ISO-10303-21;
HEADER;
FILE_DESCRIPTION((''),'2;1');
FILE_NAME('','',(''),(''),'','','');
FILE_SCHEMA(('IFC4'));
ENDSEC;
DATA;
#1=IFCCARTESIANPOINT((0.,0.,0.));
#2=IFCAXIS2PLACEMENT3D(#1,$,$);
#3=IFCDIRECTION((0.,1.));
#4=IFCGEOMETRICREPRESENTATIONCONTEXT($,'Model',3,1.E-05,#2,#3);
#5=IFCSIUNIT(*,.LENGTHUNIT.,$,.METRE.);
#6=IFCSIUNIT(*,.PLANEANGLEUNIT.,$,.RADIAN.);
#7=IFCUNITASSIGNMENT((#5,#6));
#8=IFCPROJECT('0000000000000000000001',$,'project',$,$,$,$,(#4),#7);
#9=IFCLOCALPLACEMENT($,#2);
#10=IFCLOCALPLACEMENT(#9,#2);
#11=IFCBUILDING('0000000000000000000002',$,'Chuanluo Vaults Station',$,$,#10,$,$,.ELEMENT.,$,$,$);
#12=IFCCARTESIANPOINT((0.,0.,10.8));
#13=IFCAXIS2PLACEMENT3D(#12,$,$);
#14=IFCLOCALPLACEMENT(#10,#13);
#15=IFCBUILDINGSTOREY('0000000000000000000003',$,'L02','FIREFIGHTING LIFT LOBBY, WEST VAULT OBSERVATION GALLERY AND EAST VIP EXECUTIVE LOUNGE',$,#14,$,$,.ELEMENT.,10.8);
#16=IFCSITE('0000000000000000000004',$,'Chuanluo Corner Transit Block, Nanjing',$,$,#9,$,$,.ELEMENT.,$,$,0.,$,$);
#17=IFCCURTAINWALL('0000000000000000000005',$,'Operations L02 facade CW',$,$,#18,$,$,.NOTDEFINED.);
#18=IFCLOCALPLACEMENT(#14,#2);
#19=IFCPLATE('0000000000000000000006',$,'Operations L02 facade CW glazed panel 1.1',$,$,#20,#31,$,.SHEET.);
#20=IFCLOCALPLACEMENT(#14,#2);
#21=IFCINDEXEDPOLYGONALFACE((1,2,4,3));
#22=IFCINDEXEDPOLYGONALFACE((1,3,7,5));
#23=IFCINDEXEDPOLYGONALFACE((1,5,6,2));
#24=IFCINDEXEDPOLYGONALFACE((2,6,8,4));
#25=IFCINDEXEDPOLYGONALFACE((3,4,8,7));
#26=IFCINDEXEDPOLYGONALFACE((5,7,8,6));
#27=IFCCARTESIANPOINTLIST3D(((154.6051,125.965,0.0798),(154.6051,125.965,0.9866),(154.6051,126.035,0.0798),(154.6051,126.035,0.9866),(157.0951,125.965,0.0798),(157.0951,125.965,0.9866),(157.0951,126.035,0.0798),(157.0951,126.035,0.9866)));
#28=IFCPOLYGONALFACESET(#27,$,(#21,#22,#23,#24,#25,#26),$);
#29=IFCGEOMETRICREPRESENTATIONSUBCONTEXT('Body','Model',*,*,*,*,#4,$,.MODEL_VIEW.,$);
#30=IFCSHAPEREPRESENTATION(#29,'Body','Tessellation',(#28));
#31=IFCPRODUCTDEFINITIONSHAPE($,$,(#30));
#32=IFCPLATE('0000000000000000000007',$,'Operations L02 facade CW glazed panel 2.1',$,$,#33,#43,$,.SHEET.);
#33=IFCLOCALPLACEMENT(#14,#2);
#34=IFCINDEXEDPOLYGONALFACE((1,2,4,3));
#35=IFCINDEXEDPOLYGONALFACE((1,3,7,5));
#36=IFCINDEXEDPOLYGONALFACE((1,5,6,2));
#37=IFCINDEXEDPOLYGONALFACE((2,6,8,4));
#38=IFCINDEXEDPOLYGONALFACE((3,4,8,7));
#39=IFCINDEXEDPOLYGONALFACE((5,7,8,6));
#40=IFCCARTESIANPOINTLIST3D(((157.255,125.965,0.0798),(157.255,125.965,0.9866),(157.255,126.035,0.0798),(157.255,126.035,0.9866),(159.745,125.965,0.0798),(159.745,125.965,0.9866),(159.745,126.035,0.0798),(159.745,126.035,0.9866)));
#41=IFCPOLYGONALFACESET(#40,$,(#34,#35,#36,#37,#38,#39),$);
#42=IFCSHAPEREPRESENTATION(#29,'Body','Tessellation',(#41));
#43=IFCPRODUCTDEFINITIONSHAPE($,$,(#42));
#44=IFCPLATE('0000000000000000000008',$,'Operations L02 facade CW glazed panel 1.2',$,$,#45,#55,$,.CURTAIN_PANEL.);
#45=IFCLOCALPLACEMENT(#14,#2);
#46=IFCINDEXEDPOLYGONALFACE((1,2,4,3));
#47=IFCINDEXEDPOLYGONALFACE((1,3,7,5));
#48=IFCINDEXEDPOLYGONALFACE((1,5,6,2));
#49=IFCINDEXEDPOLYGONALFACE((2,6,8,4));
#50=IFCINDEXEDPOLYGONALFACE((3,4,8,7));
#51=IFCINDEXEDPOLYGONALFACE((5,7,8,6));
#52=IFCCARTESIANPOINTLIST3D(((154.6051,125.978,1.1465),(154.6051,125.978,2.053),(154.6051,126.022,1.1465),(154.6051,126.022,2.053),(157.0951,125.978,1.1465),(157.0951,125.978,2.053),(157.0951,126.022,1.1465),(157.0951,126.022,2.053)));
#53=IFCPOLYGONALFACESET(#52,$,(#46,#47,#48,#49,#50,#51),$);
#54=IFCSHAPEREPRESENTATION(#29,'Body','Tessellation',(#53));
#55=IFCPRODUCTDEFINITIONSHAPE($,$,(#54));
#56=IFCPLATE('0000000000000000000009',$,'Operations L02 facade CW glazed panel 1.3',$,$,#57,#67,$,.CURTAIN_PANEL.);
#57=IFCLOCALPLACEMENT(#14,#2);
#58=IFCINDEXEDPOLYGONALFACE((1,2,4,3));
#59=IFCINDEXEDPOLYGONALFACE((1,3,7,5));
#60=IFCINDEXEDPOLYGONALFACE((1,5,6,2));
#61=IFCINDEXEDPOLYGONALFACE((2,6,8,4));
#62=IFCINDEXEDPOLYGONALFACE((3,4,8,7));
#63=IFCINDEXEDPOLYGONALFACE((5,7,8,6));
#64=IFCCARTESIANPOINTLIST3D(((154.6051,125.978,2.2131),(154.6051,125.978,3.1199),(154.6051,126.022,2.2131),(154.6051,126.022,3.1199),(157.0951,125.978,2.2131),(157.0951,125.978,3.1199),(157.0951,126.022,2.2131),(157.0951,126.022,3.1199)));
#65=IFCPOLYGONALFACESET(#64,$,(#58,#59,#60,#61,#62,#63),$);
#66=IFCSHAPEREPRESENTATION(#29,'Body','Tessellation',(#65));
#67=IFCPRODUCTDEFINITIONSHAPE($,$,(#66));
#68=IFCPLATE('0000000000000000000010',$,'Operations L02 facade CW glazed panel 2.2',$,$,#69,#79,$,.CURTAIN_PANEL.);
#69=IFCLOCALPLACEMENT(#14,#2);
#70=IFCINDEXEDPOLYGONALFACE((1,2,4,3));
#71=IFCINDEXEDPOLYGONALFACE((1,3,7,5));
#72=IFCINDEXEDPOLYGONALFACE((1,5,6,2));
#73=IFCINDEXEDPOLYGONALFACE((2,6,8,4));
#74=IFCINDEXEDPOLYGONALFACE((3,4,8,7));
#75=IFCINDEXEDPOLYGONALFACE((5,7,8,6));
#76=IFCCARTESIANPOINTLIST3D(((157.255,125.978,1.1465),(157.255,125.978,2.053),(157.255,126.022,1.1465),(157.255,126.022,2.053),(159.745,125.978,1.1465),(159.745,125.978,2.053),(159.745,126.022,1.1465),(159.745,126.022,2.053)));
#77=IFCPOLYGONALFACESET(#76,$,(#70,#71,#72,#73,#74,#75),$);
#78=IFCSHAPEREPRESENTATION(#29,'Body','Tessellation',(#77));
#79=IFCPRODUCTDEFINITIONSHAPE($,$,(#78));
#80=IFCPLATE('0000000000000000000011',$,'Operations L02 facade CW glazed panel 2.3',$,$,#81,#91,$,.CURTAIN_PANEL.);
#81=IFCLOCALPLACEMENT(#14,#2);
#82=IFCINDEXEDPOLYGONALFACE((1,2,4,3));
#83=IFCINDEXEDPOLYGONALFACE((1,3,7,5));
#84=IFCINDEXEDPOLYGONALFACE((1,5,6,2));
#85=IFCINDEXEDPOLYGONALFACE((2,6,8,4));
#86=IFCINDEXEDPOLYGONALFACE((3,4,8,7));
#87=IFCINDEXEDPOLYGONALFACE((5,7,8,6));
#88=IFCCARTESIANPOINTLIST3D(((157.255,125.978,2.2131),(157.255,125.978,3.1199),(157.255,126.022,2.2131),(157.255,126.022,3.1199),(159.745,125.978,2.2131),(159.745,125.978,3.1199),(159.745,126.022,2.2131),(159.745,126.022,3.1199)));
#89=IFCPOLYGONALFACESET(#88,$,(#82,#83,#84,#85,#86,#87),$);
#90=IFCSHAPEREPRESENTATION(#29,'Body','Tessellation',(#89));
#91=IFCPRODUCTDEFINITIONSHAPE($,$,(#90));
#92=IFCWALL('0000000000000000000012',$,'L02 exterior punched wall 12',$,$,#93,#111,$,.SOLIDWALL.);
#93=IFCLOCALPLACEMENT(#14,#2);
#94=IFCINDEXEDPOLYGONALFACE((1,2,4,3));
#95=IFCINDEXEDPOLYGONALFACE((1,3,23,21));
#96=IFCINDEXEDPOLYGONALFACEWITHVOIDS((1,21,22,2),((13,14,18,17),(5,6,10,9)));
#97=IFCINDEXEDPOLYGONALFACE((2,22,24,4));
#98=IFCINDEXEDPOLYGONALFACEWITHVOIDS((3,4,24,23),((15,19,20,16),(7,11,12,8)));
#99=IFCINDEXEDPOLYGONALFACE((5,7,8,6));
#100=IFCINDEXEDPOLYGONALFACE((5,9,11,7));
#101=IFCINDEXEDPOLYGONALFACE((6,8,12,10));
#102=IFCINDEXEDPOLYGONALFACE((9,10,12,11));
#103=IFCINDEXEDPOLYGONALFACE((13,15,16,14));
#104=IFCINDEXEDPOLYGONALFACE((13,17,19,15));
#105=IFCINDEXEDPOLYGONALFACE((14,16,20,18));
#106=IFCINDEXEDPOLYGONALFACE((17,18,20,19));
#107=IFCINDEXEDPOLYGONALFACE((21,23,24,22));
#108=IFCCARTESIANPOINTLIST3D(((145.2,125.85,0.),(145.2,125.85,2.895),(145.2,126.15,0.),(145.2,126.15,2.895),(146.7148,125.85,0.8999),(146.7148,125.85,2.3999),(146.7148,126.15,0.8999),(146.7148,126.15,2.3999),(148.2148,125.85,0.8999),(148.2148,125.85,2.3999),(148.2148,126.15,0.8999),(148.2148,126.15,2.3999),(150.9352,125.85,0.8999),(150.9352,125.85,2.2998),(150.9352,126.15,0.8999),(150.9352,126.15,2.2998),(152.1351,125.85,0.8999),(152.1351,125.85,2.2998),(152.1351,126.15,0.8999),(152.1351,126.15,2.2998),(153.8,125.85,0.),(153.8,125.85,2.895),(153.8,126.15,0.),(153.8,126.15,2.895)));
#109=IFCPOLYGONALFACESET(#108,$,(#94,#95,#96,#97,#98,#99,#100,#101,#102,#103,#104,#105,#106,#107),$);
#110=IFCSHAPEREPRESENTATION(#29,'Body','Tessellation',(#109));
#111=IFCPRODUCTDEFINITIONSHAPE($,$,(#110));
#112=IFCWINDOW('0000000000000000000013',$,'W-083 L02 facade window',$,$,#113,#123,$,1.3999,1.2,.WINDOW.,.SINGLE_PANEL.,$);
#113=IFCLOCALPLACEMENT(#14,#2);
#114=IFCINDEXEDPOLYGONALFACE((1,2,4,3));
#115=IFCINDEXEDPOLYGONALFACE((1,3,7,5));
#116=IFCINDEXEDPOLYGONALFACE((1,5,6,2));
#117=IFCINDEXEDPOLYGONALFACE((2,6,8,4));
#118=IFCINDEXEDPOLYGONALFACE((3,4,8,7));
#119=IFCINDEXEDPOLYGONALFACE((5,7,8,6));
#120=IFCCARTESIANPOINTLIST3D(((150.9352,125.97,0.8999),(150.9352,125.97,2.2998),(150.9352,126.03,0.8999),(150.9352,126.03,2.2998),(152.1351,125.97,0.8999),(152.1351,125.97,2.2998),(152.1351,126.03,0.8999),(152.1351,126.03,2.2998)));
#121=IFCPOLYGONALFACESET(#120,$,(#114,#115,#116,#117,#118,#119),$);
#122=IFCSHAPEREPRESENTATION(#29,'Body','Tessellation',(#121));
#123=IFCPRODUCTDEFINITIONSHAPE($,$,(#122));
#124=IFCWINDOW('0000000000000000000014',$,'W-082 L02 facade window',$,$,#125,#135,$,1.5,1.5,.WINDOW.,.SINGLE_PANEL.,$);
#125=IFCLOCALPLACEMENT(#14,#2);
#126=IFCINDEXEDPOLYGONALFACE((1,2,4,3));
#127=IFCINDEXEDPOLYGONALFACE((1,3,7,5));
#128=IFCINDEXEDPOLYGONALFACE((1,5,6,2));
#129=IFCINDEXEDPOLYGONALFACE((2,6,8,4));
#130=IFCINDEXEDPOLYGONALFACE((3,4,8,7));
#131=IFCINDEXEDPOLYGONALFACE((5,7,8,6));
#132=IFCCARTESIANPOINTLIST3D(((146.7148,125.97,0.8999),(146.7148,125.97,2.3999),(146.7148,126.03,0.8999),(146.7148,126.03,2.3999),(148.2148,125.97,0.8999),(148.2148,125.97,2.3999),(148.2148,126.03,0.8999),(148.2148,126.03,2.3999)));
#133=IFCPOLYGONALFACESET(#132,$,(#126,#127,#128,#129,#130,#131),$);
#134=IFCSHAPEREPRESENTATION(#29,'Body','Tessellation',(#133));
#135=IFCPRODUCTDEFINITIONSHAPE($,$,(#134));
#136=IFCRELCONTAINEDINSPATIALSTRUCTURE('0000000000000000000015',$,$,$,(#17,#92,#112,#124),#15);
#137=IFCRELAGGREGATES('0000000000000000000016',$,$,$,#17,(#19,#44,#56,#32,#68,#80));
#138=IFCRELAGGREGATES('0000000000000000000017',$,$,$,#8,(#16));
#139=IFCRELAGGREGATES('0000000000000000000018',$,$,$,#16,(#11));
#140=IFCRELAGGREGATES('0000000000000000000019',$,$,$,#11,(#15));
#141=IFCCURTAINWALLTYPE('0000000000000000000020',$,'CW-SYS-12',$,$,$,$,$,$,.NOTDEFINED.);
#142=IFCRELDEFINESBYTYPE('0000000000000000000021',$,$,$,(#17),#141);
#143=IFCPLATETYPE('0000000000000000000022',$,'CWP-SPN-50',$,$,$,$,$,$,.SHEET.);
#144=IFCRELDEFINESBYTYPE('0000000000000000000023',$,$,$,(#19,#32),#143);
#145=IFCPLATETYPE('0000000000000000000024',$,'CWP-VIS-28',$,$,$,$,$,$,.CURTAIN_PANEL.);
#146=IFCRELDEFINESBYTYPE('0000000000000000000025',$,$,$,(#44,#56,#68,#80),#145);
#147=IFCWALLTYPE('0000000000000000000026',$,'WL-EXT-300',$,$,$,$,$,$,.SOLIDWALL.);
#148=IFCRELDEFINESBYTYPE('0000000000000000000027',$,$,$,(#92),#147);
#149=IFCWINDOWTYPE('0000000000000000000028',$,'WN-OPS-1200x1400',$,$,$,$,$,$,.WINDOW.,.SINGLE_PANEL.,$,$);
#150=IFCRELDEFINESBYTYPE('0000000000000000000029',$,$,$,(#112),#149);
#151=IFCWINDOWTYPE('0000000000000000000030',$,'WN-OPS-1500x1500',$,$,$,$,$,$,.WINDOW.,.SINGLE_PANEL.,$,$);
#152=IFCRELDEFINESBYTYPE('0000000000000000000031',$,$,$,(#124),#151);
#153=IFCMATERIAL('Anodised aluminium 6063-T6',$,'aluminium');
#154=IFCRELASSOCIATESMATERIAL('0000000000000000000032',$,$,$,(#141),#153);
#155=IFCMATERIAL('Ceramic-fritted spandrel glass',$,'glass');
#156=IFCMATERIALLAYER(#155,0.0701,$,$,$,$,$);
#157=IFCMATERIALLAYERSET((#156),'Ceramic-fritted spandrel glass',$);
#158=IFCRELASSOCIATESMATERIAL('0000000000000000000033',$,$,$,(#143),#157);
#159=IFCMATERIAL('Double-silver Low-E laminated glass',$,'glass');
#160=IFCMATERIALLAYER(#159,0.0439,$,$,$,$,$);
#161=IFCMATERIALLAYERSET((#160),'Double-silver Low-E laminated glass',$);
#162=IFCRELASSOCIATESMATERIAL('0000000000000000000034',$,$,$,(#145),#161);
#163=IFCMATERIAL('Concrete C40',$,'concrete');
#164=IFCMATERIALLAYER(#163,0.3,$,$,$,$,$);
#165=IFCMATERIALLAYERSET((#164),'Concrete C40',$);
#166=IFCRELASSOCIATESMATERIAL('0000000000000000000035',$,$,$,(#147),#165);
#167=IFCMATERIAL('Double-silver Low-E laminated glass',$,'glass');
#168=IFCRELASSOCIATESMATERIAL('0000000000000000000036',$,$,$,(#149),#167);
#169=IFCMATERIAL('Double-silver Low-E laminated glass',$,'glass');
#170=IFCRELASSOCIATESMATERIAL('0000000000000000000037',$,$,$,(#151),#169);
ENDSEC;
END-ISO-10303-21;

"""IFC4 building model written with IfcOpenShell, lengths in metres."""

from ifc_helpers import new_model, si_unit, direction, frame, frame_2d, origin, origin_2d, place, context, subcontext, project, spatial, rectangle, extrude, material, layer, layer_set, type_object, element, fill, aggregate, save


model = new_model("IFC4")

# Units and contexts
model_context = context("Model", 3, precision=1e-05, world=origin(), true_north=direction((0.0, 1.0)))
body_context = subcontext(model_context, "Body", "Model", "MODEL_VIEW")
ifc_project = project(units=[si_unit("LENGTHUNIT", "METRE"), si_unit("PLANEANGLEUNIT", "RADIAN")], contexts=[model_context])

# Site, building, storey
site_placement = place(None, origin())
site = spatial("IfcSite", under=ifc_project, at=site_placement, Name="Chuanluo Corner Transit Block, Nanjing", CompositionType="ELEMENT", RefElevation=0.0)
building_placement = place(site_placement, origin())
building = spatial("IfcBuilding", under=site, at=building_placement, Name="Chuanluo Vaults Station", CompositionType="ELEMENT")
storey_placement = place(building_placement, frame((0.0, 0.0, 10.8)))
storey = spatial("IfcBuildingStorey", under=building, at=storey_placement, Name="L02", Description="FIREFIGHTING LIFT LOBBY, WEST VAULT OBSERVATION GALLERY AND EAST VIP EXECUTIVE LOUNGE", CompositionType="ELEMENT", Elevation=10.8)

# Curtain wall, plates
ifc_material_1 = material(Name="Anodised aluminium 6063-T6", Category="aluminium")
curtain_wall_type = type_object("IfcCurtainWallType", Name="CW-SYS-12", PredefinedType="NOTDEFINED", material=ifc_material_1)
curtain_wall_placement = place(storey_placement, origin())
curtain_wall = element("IfcCurtainWall", 1, at=curtain_wall_placement, inside=storey, type_object=curtain_wall_type, Name="Operations L02 facade CW", PredefinedType="NOTDEFINED")
ifc_material_2 = material(Name="Ceramic-fritted spandrel glass", Category="glass")
ifc_layer_1 = layer(ifc_material_2, 0.0701)
ifc_layer_set_1 = layer_set([ifc_layer_1], Name="Ceramic-fritted spandrel glass")
plate_type_1 = type_object("IfcPlateType", Name="CWP-SPN-50", PredefinedType="SHEET", material=ifc_layer_set_1)
plate_1_placement = place(storey_placement, frame((155.8501, 126.0, 0.0798), z_axis=(0.0, 0.0, 1.0), x_axis=(1.0, 0.0, 0.0)))
plate_1 = element("IfcPlate", 2, at=plate_1_placement, type_object=plate_type_1, Name="Operations L02 facade CW glazed panel 1.1", PredefinedType="SHEET", context=body_context, shape_type="SweptSolid", body=[
    extrude(rectangle(XDim=2.49, YDim=0.0701, at=origin_2d()), origin(), (0.0, 0.0, 1.0), 0.9067),
])
plate_2_placement = place(storey_placement, frame((158.5, 126.0, 0.0798), z_axis=(0.0, 0.0, 1.0), x_axis=(1.0, 0.0, 0.0)))
plate_2 = element("IfcPlate", 3, at=plate_2_placement, type_object=plate_type_1, Name="Operations L02 facade CW glazed panel 2.1", PredefinedType="SHEET", context=body_context, shape_type="SweptSolid", body=[
    extrude(rectangle(XDim=2.49, YDim=0.0701, at=origin_2d()), origin(), (0.0, 0.0, 1.0), 0.9067),
])
ifc_material_3 = material(Name="Double-silver Low-E laminated glass", Category="glass")
ifc_layer_2 = layer(ifc_material_3, 0.0439)
ifc_layer_set_2 = layer_set([ifc_layer_2], Name="Double-silver Low-E laminated glass")
plate_type_2 = type_object("IfcPlateType", Name="CWP-VIS-28", PredefinedType="CURTAIN_PANEL", material=ifc_layer_set_2)
plate_3_placement = place(storey_placement, frame((155.8501, 126.0, 1.1465), z_axis=(0.0, 0.0, 1.0), x_axis=(1.0, 0.0, 0.0)))
plate_3 = element("IfcPlate", 4, at=plate_3_placement, type_object=plate_type_2, Name="Operations L02 facade CW glazed panel 1.2", PredefinedType="CURTAIN_PANEL", context=body_context, shape_type="SweptSolid", body=[
    extrude(rectangle(XDim=2.49, YDim=0.0439, at=origin_2d()), origin(), (0.0, 0.0, 1.0), 0.9065),
])
plate_4_placement = place(storey_placement, frame((155.8501, 126.0, 2.2131), z_axis=(0.0, 0.0, 1.0), x_axis=(1.0, 0.0, 0.0)))
plate_4 = element("IfcPlate", 5, at=plate_4_placement, type_object=plate_type_2, Name="Operations L02 facade CW glazed panel 1.3", PredefinedType="CURTAIN_PANEL", context=body_context, shape_type="SweptSolid", body=[
    extrude(rectangle(XDim=2.49, YDim=0.0439, at=origin_2d()), origin(), (0.0, 0.0, 1.0), 0.9067),
])
plate_5_placement = place(storey_placement, frame((158.5, 126.0, 1.1465), z_axis=(0.0, 0.0, 1.0), x_axis=(1.0, 0.0, 0.0)))
plate_5 = element("IfcPlate", 6, at=plate_5_placement, type_object=plate_type_2, Name="Operations L02 facade CW glazed panel 2.2", PredefinedType="CURTAIN_PANEL", context=body_context, shape_type="SweptSolid", body=[
    extrude(rectangle(XDim=2.49, YDim=0.0439, at=origin_2d()), origin(), (0.0, 0.0, 1.0), 0.9065),
])
plate_6_placement = place(storey_placement, frame((158.5, 126.0, 2.2131), z_axis=(0.0, 0.0, 1.0), x_axis=(1.0, 0.0, 0.0)))
plate_6 = element("IfcPlate", 7, at=plate_6_placement, type_object=plate_type_2, Name="Operations L02 facade CW glazed panel 2.3", PredefinedType="CURTAIN_PANEL", context=body_context, shape_type="SweptSolid", body=[
    extrude(rectangle(XDim=2.49, YDim=0.0439, at=origin_2d()), origin(), (0.0, 0.0, 1.0), 0.9067),
])
aggregate(curtain_wall, [plate_1, plate_3, plate_4, plate_2, plate_5, plate_6])

# Wall, openings, windows
ifc_material_4 = material(Name="Concrete C40", Category="concrete")
ifc_layer_3 = layer(ifc_material_4, 0.3)
ifc_layer_set_3 = layer_set([ifc_layer_3], Name="Concrete C40")
wall_type = type_object("IfcWallType", Name="WL-EXT-300", PredefinedType="SOLIDWALL", material=ifc_layer_set_3)
wall_placement = place(storey_placement, frame((145.2, 126.0, 0.0), z_axis=(0.0, 0.0, 1.0), x_axis=(1.0, 0.0, 0.0)))
wall = element("IfcWall", 8, at=wall_placement, inside=storey, type_object=wall_type, Name="L02 exterior punched wall 12", PredefinedType="SOLIDWALL", context=body_context, shape_type="SweptSolid", body=[
    extrude(rectangle(XDim=8.6001, YDim=0.3, at=frame_2d((4.3, 0.0))), origin(), (0.0, 0.0, 1.0), 2.895),
])
opening_1_placement = place(wall_placement, frame((1.5149, 0.0, 0.8999)))
opening_1 = element("IfcOpeningElement", 9, at=opening_1_placement, cuts=wall, PredefinedType="OPENING", context=body_context, shape_type="SweptSolid", body=[
    extrude(rectangle(XDim=1.5, YDim=1.5, at=frame_2d((0.75, 0.75))), frame((0.0, 0.1599, 0.0), z_axis=(0.0, -1.0, 0.0), x_axis=(1.0, 0.0, 0.0)), (0.0, 0.0, 1.0), 0.3201),
])
opening_2_placement = place(wall_placement, frame((5.7351, 0.0, 0.8999)))
opening_2 = element("IfcOpeningElement", 10, at=opening_2_placement, cuts=wall, PredefinedType="OPENING", context=body_context, shape_type="SweptSolid", body=[
    extrude(rectangle(XDim=1.2, YDim=1.3999, at=frame_2d((0.6001, 0.7))), frame((0.0, 0.1599, 0.0), z_axis=(0.0, -1.0, 0.0), x_axis=(1.0, 0.0, 0.0)), (0.0, 0.0, 1.0), 0.3201),
])
ifc_material_5 = material(Name="Double-silver Low-E laminated glass", Category="glass")
window_type_1 = type_object("IfcWindowType", Name="WN-OPS-1200x1400", PartitioningType="SINGLE_PANEL", PredefinedType="WINDOW", material=ifc_material_5)
window_1_placement = place(opening_2_placement, origin())
window_1 = element("IfcWindow", 11, at=window_1_placement, inside=storey, type_object=window_type_1, Name="W-083 L02 facade window", OverallHeight=1.3999, OverallWidth=1.2, PartitioningType="SINGLE_PANEL", PredefinedType="WINDOW", context=body_context, shape_type="SweptSolid", body=[
    extrude(rectangle(XDim=1.2, YDim=1.3999, at=frame_2d((0.6001, 0.7))), frame((0.0, 0.03, 0.0), z_axis=(0.0, -1.0, 0.0), x_axis=(1.0, 0.0, 0.0)), (0.0, 0.0, 1.0), 0.0601),
])
fill(opening_2, window_1)
ifc_material_6 = material(Name="Double-silver Low-E laminated glass", Category="glass")
window_type_2 = type_object("IfcWindowType", Name="WN-OPS-1500x1500", PartitioningType="SINGLE_PANEL", PredefinedType="WINDOW", material=ifc_material_6)
window_2_placement = place(opening_1_placement, origin())
window_2 = element("IfcWindow", 12, at=window_2_placement, inside=storey, type_object=window_type_2, Name="W-082 L02 facade window", OverallHeight=1.5, OverallWidth=1.5, PartitioningType="SINGLE_PANEL", PredefinedType="WINDOW", context=body_context, shape_type="SweptSolid", body=[
    extrude(rectangle(XDim=1.5, YDim=1.5, at=frame_2d((0.75, 0.75))), frame((0.0, 0.03, 0.0), z_axis=(0.0, -1.0, 0.0), x_axis=(1.0, 0.0, 0.0)), (0.0, 0.0, 1.0), 0.0601),
])
fill(opening_1, window_2)

save(model, "model.ifc")
